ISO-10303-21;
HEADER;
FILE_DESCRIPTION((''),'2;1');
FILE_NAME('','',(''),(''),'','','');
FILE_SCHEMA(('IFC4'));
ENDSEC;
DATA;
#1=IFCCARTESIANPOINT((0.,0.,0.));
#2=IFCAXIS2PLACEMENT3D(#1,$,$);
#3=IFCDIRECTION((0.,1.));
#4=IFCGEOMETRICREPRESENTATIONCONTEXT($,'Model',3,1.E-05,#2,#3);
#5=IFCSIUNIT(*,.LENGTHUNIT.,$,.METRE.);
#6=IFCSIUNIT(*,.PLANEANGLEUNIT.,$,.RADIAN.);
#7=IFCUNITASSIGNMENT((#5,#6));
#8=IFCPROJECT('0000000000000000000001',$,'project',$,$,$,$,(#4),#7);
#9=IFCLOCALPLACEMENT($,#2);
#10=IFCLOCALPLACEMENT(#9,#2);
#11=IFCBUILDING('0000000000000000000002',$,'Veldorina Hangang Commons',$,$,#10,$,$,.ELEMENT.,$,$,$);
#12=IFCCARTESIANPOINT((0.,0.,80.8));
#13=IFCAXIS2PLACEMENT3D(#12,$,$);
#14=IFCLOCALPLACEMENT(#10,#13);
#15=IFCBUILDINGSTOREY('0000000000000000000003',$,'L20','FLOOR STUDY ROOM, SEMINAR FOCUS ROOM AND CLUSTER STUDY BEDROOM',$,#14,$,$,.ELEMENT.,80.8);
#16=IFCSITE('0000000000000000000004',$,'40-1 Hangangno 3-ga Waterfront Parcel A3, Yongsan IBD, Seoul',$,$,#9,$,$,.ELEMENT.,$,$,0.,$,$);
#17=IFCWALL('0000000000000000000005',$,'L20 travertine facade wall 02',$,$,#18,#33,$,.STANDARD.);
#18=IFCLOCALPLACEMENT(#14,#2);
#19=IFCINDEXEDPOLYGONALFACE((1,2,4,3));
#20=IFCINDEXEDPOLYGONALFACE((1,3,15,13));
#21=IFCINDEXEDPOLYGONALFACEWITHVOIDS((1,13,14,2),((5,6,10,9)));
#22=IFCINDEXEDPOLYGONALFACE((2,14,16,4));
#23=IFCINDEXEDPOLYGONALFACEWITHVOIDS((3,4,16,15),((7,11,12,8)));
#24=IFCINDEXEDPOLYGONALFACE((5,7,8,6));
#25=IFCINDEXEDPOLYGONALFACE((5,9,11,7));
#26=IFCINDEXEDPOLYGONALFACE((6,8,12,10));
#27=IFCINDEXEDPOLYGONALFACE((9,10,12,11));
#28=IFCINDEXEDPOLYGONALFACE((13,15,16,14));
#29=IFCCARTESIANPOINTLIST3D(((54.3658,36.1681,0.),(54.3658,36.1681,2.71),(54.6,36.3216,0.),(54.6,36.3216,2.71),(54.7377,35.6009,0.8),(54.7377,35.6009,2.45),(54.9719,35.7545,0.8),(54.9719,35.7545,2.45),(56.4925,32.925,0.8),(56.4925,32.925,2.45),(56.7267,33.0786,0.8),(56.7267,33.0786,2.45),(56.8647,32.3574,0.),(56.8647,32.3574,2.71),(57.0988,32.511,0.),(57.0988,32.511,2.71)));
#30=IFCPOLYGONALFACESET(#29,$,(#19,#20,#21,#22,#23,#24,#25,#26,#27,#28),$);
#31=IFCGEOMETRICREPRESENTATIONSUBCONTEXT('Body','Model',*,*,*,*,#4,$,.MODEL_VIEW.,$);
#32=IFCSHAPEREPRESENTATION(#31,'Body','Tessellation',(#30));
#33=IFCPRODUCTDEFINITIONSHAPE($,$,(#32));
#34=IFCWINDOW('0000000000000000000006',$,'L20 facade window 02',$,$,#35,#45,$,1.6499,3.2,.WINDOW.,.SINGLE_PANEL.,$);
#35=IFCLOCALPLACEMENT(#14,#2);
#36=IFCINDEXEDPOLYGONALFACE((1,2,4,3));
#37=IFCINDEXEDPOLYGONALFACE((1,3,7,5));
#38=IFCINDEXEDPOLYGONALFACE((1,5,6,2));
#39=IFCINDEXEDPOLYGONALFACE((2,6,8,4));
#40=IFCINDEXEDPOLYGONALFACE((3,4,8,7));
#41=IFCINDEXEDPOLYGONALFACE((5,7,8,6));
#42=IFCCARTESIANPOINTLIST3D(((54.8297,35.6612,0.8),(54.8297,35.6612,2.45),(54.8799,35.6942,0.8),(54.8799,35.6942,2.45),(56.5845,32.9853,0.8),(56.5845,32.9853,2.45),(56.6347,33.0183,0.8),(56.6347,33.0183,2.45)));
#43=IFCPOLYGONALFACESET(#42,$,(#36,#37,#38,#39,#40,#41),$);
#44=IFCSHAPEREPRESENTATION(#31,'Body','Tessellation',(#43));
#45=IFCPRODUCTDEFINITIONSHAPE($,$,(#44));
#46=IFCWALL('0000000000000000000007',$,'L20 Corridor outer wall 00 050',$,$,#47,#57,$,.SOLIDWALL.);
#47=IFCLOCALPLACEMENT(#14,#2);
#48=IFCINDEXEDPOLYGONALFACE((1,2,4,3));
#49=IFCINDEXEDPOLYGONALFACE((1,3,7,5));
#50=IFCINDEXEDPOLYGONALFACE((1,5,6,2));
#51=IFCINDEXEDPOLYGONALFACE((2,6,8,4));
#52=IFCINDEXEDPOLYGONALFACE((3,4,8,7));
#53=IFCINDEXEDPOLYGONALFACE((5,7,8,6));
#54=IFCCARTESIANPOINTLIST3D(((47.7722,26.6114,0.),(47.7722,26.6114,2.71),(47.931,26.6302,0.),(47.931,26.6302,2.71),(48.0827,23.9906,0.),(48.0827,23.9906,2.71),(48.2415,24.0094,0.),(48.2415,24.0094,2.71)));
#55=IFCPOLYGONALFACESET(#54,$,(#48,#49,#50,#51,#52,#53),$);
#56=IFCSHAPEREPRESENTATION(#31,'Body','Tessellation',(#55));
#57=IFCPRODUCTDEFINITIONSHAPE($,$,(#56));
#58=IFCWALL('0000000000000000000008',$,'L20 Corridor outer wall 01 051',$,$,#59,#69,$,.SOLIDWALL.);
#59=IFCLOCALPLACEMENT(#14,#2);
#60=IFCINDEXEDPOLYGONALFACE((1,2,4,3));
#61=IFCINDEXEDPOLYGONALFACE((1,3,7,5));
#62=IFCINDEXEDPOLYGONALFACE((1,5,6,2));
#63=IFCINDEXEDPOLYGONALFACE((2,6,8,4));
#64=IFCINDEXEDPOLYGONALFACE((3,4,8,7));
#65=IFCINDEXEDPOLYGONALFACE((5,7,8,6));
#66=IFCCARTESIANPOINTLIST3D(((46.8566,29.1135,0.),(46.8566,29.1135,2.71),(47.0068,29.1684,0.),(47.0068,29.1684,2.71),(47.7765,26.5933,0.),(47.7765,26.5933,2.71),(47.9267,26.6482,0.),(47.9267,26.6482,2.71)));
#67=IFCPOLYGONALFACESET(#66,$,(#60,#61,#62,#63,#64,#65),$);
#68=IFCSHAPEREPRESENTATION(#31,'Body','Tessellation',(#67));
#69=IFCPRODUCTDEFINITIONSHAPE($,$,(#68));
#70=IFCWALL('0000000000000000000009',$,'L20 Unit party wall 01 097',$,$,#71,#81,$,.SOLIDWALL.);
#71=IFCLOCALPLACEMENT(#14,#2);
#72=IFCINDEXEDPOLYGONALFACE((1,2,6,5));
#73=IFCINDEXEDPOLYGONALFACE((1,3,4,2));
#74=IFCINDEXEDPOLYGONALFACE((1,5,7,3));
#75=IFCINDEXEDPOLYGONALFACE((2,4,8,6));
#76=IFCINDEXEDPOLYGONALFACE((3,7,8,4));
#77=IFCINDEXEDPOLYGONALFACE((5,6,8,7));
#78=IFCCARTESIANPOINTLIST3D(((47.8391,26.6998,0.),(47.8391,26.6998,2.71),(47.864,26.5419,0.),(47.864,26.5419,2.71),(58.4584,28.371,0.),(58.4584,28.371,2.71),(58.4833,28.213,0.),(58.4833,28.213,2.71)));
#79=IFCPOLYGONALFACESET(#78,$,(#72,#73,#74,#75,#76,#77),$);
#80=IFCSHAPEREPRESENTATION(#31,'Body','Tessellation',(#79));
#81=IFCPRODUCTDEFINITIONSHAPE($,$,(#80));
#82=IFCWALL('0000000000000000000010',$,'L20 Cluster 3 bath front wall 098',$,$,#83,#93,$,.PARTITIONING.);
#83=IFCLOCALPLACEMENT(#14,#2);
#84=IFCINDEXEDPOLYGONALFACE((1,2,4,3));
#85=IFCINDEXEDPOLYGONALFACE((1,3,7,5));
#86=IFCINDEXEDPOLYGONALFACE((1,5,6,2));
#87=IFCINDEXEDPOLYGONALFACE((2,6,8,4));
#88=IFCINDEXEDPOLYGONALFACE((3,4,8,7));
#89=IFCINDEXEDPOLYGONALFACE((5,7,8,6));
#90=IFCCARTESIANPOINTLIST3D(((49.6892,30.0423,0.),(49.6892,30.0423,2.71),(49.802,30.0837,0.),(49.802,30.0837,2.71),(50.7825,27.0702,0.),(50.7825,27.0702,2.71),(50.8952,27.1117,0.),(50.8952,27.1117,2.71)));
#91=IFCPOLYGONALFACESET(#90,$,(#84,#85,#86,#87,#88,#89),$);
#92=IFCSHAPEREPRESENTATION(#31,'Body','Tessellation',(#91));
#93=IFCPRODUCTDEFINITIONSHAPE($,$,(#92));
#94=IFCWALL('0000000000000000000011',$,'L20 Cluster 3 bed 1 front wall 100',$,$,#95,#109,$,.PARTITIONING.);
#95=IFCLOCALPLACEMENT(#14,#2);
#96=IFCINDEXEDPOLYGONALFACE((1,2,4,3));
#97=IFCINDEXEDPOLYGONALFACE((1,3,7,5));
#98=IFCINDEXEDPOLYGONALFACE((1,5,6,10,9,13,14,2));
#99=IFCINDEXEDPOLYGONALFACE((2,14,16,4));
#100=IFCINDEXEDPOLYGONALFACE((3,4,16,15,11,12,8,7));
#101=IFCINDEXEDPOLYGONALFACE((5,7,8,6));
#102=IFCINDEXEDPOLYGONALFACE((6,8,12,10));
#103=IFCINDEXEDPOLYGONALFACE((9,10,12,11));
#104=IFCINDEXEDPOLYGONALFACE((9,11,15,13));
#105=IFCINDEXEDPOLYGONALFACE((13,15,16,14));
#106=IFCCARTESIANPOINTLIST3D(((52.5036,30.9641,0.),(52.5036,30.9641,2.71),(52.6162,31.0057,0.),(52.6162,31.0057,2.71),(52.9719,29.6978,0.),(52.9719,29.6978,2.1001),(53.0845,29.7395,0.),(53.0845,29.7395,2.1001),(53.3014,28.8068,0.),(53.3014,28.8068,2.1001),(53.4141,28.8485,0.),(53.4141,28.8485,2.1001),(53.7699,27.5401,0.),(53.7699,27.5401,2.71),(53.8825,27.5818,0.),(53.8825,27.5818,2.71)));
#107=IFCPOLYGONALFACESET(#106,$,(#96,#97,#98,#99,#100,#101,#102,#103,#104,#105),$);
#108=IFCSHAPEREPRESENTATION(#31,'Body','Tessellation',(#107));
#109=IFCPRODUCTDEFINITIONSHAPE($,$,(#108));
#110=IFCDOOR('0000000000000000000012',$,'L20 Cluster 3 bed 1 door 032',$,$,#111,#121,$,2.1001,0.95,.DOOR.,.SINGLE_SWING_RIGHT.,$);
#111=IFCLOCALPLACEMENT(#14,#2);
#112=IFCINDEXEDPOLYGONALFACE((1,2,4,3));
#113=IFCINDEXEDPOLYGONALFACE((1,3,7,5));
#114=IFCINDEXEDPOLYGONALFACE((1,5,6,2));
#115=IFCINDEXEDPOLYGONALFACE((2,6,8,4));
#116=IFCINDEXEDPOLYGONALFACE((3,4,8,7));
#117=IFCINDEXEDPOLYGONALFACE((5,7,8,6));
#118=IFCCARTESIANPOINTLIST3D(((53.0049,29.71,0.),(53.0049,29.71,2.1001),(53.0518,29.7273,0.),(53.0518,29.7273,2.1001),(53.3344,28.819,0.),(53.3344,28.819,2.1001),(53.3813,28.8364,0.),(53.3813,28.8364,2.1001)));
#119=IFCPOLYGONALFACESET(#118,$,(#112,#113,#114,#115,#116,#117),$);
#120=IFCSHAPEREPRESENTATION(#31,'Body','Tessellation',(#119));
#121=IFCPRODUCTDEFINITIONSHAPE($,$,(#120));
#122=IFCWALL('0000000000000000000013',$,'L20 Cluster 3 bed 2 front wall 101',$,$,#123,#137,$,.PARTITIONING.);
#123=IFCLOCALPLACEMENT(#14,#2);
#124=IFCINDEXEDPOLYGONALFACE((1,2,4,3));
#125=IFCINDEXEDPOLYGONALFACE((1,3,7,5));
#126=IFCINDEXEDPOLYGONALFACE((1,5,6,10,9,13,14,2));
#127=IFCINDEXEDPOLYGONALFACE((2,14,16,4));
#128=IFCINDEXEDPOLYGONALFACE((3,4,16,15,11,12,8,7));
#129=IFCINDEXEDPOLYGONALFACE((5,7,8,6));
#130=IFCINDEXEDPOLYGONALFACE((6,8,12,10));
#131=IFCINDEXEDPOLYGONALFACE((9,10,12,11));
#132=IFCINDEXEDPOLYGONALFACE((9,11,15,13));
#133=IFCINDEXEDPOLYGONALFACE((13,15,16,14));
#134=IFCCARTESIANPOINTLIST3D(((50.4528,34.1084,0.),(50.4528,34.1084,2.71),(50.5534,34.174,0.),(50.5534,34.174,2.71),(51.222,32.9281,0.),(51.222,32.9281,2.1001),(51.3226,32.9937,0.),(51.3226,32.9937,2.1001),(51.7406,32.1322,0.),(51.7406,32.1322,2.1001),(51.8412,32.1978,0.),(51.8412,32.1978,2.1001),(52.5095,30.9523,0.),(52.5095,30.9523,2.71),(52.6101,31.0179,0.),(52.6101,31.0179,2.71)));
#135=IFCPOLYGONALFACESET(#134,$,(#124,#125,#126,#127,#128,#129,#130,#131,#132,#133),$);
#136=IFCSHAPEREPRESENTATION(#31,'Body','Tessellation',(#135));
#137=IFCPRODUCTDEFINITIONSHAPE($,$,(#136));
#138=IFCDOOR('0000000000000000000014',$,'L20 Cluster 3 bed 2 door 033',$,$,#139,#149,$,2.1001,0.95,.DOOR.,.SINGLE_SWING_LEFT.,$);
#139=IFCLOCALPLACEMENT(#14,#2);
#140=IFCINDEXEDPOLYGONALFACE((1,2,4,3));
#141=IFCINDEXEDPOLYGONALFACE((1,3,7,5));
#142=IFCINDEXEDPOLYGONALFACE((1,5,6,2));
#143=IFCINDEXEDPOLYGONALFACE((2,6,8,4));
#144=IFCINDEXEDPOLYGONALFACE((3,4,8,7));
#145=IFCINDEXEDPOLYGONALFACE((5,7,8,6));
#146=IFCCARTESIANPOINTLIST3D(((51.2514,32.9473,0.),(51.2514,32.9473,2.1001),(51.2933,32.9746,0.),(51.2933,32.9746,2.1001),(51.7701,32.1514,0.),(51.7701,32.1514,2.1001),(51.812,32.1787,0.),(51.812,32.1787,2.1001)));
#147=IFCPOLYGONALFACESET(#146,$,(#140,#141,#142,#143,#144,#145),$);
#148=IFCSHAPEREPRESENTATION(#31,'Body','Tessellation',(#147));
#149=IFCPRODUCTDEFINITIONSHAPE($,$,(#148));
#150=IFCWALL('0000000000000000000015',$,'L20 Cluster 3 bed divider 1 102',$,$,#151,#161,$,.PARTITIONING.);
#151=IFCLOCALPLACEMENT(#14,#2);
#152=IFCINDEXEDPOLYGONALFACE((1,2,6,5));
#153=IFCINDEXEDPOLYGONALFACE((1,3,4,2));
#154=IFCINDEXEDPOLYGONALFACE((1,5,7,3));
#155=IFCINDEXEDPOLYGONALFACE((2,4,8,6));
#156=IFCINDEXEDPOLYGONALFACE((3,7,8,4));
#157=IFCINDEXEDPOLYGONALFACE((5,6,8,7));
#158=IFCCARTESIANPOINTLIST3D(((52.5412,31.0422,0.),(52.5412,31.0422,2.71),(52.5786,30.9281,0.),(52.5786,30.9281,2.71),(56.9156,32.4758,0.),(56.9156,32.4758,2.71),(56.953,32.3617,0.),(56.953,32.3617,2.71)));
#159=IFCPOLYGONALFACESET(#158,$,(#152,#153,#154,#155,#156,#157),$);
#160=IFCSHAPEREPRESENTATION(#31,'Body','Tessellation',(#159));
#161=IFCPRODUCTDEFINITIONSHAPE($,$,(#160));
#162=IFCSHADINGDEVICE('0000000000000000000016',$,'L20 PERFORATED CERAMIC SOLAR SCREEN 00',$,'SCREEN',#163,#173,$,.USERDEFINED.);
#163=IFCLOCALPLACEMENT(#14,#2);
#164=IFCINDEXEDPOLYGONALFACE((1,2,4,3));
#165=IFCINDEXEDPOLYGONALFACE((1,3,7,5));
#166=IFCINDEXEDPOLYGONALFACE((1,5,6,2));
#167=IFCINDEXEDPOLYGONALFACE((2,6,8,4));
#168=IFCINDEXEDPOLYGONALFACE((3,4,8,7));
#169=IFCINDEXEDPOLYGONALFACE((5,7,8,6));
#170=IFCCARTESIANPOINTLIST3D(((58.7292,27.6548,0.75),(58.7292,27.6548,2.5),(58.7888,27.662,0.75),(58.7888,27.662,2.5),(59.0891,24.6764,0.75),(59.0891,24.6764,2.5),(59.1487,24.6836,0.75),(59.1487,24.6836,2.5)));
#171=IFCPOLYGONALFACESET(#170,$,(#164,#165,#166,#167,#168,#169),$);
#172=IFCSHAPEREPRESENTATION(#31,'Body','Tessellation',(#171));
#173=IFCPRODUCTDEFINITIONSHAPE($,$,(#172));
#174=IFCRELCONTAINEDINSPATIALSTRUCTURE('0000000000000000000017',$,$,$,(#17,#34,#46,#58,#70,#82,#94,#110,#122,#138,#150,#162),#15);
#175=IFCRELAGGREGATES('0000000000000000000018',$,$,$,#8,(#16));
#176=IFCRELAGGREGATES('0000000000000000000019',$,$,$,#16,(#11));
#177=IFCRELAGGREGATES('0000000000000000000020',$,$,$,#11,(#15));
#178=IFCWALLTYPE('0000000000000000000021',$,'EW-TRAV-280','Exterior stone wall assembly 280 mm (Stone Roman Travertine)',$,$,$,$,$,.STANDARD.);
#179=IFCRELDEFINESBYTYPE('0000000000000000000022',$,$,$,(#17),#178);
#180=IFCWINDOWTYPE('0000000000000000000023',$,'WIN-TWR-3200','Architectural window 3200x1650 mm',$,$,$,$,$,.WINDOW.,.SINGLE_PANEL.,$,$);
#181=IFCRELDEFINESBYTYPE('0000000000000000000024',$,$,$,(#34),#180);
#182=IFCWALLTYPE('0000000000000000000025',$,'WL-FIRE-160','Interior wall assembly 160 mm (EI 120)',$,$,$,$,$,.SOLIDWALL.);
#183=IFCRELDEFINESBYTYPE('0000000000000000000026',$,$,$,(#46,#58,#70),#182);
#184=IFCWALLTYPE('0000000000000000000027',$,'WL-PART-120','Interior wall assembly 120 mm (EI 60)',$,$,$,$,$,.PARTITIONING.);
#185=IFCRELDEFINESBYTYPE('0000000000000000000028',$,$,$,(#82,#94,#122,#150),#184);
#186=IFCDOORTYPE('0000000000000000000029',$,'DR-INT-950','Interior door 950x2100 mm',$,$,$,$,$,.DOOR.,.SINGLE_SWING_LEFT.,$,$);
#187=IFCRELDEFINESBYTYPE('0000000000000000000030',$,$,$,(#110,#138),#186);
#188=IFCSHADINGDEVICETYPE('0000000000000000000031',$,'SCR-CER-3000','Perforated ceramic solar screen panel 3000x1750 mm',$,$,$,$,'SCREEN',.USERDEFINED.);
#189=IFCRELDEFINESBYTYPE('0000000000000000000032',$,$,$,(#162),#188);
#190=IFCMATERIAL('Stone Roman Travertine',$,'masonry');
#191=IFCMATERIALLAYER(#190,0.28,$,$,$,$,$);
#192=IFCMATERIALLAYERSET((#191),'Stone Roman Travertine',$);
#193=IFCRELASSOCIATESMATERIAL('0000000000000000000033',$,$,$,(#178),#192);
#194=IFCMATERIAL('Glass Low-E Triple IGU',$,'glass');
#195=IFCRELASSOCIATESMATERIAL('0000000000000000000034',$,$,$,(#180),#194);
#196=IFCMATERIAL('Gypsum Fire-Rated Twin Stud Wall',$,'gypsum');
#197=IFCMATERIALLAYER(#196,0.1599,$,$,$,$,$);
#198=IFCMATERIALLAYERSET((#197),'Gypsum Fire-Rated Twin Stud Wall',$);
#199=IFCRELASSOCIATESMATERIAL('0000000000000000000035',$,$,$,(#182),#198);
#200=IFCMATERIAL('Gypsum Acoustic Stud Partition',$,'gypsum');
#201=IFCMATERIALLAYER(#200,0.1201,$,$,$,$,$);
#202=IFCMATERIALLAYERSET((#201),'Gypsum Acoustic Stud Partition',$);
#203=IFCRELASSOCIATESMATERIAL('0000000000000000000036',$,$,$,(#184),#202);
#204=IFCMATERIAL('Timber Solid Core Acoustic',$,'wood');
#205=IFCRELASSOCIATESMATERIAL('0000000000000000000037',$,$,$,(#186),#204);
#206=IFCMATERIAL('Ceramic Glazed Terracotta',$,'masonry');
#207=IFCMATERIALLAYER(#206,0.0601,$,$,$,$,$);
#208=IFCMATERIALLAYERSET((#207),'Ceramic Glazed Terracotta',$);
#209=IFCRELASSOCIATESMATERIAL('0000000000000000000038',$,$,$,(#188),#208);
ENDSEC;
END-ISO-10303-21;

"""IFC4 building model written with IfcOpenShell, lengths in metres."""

from ifc_helpers import new_model, si_unit, direction, frame, frame_2d, origin, origin_2d, place, context, subcontext, project, spatial, rectangle, extrude, material, layer, layer_set, type_object, element, fill, save


model = new_model("IFC4")

# Units and contexts
model_context = context("Model", 3, precision=1e-05, world=origin(), true_north=direction((0.0, 1.0)))
body_context = subcontext(model_context, "Body", "Model", "MODEL_VIEW")
ifc_project = project(units=[si_unit("LENGTHUNIT", "METRE"), si_unit("PLANEANGLEUNIT", "RADIAN")], contexts=[model_context])

# Site, building, storey
site_placement = place(None, origin())
site = spatial("IfcSite", under=ifc_project, at=site_placement, Name="40-1 Hangangno 3-ga Waterfront Parcel A3, Yongsan IBD, Seoul", CompositionType="ELEMENT", RefElevation=0.0)
building_placement = place(site_placement, origin())
building = spatial("IfcBuilding", under=site, at=building_placement, Name="Veldorina Hangang Commons", CompositionType="ELEMENT")
storey_placement = place(building_placement, frame((0.0, 0.0, 80.8)))
storey = spatial("IfcBuildingStorey", under=building, at=storey_placement, Name="L20", Description="FLOOR STUDY ROOM, SEMINAR FOCUS ROOM AND CLUSTER STUDY BEDROOM", CompositionType="ELEMENT", Elevation=80.8)

# Wall, opening, window
ifc_material_1 = material(Name="Stone Roman Travertine", Category="masonry")
ifc_layer_1 = layer(ifc_material_1, 0.28)
ifc_layer_set_1 = layer_set([ifc_layer_1], Name="Stone Roman Travertine")
wall_type_1 = type_object("IfcWallType", Name="EW-TRAV-280", Description="Exterior stone wall assembly 280 mm (Stone Roman Travertine)", PredefinedType="STANDARD", material=ifc_layer_set_1)
ifc_material_2 = material(Name="Glass Low-E Triple IGU", Category="glass")
window_type_1 = type_object("IfcWindowType", Name="WIN-TWR-3200", Description="Architectural window 3200x1650 mm", PartitioningType="SINGLE_PANEL", PredefinedType="WINDOW", material=ifc_material_2)
wall_1_placement = place(storey_placement, frame((56.9817, 32.4343, 0.0), z_axis=(0.0, 0.0, 1.0), x_axis=(-0.548366, 0.836238, 0.0)))
wall_1 = element("IfcWall", 1, at=wall_1_placement, inside=storey, type_object=wall_type_1, Name="L20 travertine facade wall 02", PredefinedType="STANDARD", context=body_context, shape_type="SweptSolid", body=[
    extrude(rectangle(XDim=4.5569, YDim=0.28, at=frame_2d((2.2783, 0.0))), origin(), (0.0, 0.0, 1.0), 2.71),
])
opening_1_placement = place(wall_1_placement, frame((0.6785, 0.0, 0.8)))
opening_1 = element("IfcOpeningElement", 2, at=opening_1_placement, cuts=wall_1, PredefinedType="OPENING", context=body_context, shape_type="SweptSolid", body=[
    extrude(rectangle(XDim=3.2, YDim=1.6499, at=frame_2d((1.6001, 0.825))), frame((0.0, 0.1499, 0.0), z_axis=(0.0, -1.0, 0.0), x_axis=(1.0, 0.0, 0.0)), (0.0, 0.0, 1.0), 0.3),
])
window_1_placement = place(opening_1_placement, origin())
window_1 = element("IfcWindow", 3, at=window_1_placement, inside=storey, type_object=window_type_1, Name="L20 facade window 02", OverallHeight=1.6499, OverallWidth=3.2, PartitioningType="SINGLE_PANEL", PredefinedType="WINDOW", context=body_context, shape_type="SweptSolid", body=[
    extrude(rectangle(XDim=3.2, YDim=1.6499, at=frame_2d((1.6001, 0.825))), frame((0.0, 0.03, 0.0), z_axis=(0.0, -1.0, 0.0), x_axis=(1.0, 0.0, 0.0)), (0.0, 0.0, 1.0), 0.0601),
])
fill(opening_1, window_1)

# Walls
ifc_material_3 = material(Name="Gypsum Fire-Rated Twin Stud Wall", Category="gypsum")
ifc_layer_2 = layer(ifc_material_3, 0.1599)
ifc_layer_set_2 = layer_set([ifc_layer_2], Name="Gypsum Fire-Rated Twin Stud Wall")
wall_type_2 = type_object("IfcWallType", Name="WL-FIRE-160", Description="Interior wall assembly 160 mm (EI 120)", PredefinedType="SOLIDWALL", material=ifc_layer_set_2)
wall_2_placement = place(storey_placement, frame((48.1621, 24.0, 0.0), z_axis=(0.0, 0.0, 1.0), x_axis=(-0.117668, 0.993053, 0.0)))
element("IfcWall", 4, at=wall_2_placement, inside=storey, type_object=wall_type_2, Name="L20 Corridor outer wall 00 050", PredefinedType="SOLIDWALL", context=body_context, shape_type="SweptSolid", body=[
    extrude(rectangle(XDim=2.6392, YDim=0.1599, at=frame_2d((1.3196, 0.0))), origin(), (0.0, 0.0, 1.0), 2.71),
])
wall_3_placement = place(storey_placement, frame((47.8516, 26.6208, 0.0), z_axis=(0.0, 0.0, 1.0), x_axis=(-0.342883, 0.939378, 0.0)))
element("IfcWall", 5, at=wall_3_placement, inside=storey, type_object=wall_type_2, Name="L20 Corridor outer wall 01 051", PredefinedType="SOLIDWALL", context=body_context, shape_type="SweptSolid", body=[
    extrude(rectangle(XDim=2.6829, YDim=0.1599, at=frame_2d((1.3413, 0.0))), origin(), (0.0, 0.0, 1.0), 2.71),
])
wall_4_placement = place(storey_placement, frame((47.8516, 26.6208, 0.0), z_axis=(0.0, 0.0, 1.0), x_axis=(0.987843, 0.155454, 0.0)))
element("IfcWall", 6, at=wall_4_placement, inside=storey, type_object=wall_type_2, Name="L20 Unit party wall 01 097", PredefinedType="SOLIDWALL", context=body_context, shape_type="SweptSolid", body=[
    extrude(rectangle(XDim=10.75, YDim=0.1599, at=frame_2d((5.375, 0.0))), origin(), (0.0, 0.0, 1.0), 2.71),
])
ifc_material_4 = material(Name="Gypsum Acoustic Stud Partition", Category="gypsum")
ifc_layer_3 = layer(ifc_material_4, 0.1201)
ifc_layer_set_3 = layer_set([ifc_layer_3], Name="Gypsum Acoustic Stud Partition")
wall_type_3 = type_object("IfcWallType", Name="WL-PART-120", Description="Interior wall assembly 120 mm (EI 60)", PredefinedType="PARTITIONING", material=ifc_layer_set_3)
wall_5_placement = place(storey_placement, frame((50.8389, 27.0908, 0.0), z_axis=(0.0, 0.0, 1.0), x_axis=(-0.345219, 0.938522, 0.0)))
element("IfcWall", 7, at=wall_5_placement, inside=storey, type_object=wall_type_3, Name="L20 Cluster 3 bath front wall 098", PredefinedType="PARTITIONING", context=body_context, shape_type="SweptSolid", body=[
    extrude(rectangle(XDim=3.1667, YDim=0.1201, at=frame_2d((1.5835, 0.0))), origin(), (0.0, 0.0, 1.0), 2.71),
])

# Walls, openings, doors
wall_6_placement = place(storey_placement, frame((53.8262, 27.561, 0.0), z_axis=(0.0, 0.0, 1.0), x_axis=(-0.346877, 0.937911, 0.0)))
wall_6 = element("IfcWall", 8, at=wall_6_placement, inside=storey, type_object=wall_type_3, Name="L20 Cluster 3 bed 1 front wall 100", PredefinedType="PARTITIONING", context=body_context, shape_type="SweptSolid", body=[
    extrude(rectangle(XDim=3.6506, YDim=0.1201, at=frame_2d((1.8252, 0.0))), origin(), (0.0, 0.0, 1.0), 2.71),
])
opening_2_placement = place(wall_6_placement, frame((1.3503, 0.0, 0.0)))
opening_2 = element("IfcOpeningElement", 9, at=opening_2_placement, cuts=wall_6, PredefinedType="OPENING", context=body_context, shape_type="SweptSolid", body=[
    extrude(rectangle(XDim=0.95, YDim=2.1001, at=frame_2d((0.4751, 1.05))), frame((0.0, 0.0701, 0.0), z_axis=(0.0, -1.0, 0.0), x_axis=(1.0, 0.0, 0.0)), (0.0, 0.0, 1.0), 0.1401),
])
ifc_material_5 = material(Name="Timber Solid Core Acoustic", Category="wood")
door_type = type_object("IfcDoorType", Name="DR-INT-950", Description="Interior door 950x2100 mm", OperationType="SINGLE_SWING_LEFT", PredefinedType="DOOR", material=ifc_material_5)
door_1_placement = place(opening_2_placement, origin())
door_1 = element("IfcDoor", 10, at=door_1_placement, inside=storey, type_object=door_type, Name="L20 Cluster 3 bed 1 door 032", OperationType="SINGLE_SWING_RIGHT", OverallHeight=2.1001, OverallWidth=0.95, PredefinedType="DOOR", context=body_context, shape_type="SweptSolid", body=[
    extrude(rectangle(XDim=0.95, YDim=2.1001, at=frame_2d((0.4751, 1.05))), frame((0.0, 0.0249, 0.0), z_axis=(0.0, -1.0, 0.0), x_axis=(1.0, 0.0, 0.0)), (0.0, 0.0, 1.0), 0.05),
])
fill(opening_2, door_1)
wall_7_placement = place(storey_placement, frame((52.5598, 30.9851, 0.0), z_axis=(0.0, 0.0, 1.0), x_axis=(-0.545965, 0.837808, 0.0)))
wall_7 = element("IfcWall", 11, at=wall_7_placement, inside=storey, type_object=wall_type_3, Name="L20 Cluster 3 bed 2 front wall 101", PredefinedType="PARTITIONING", context=body_context, shape_type="SweptSolid", body=[
    extrude(rectangle(XDim=3.7671, YDim=0.1201, at=frame_2d((1.8835, 0.0))), origin(), (0.0, 0.0, 1.0), 2.71),
])
opening_3_placement = place(wall_7_placement, frame((1.4082, 0.0, 0.0)))
opening_3 = element("IfcOpeningElement", 12, at=opening_3_placement, cuts=wall_7, PredefinedType="OPENING", context=body_context, shape_type="SweptSolid", body=[
    extrude(rectangle(XDim=0.95, YDim=2.1001, at=frame_2d((0.4751, 1.05))), frame((0.0, 0.0701, 0.0), z_axis=(0.0, -1.0, 0.0), x_axis=(1.0, 0.0, 0.0)), (0.0, 0.0, 1.0), 0.1401),
])
door_2_placement = place(opening_3_placement, origin())
door_2 = element("IfcDoor", 13, at=door_2_placement, inside=storey, type_object=door_type, Name="L20 Cluster 3 bed 2 door 033", OperationType="SINGLE_SWING_LEFT", OverallHeight=2.1001, OverallWidth=0.95, PredefinedType="DOOR", context=body_context, shape_type="SweptSolid", body=[
    extrude(rectangle(XDim=0.95, YDim=2.1001, at=frame_2d((0.4751, 1.05))), frame((0.0, 0.0249, 0.0), z_axis=(0.0, -1.0, 0.0), x_axis=(1.0, 0.0, 0.0)), (0.0, 0.0, 1.0), 0.05),
])
fill(opening_3, door_2)

# Wall
wall_8_placement = place(storey_placement, frame((52.5598, 30.9851, 0.0), z_axis=(0.0, 0.0, 1.0), x_axis=(0.950268, 0.311434, 0.0)))
element("IfcWall", 14, at=wall_8_placement, inside=storey, type_object=wall_type_3, Name="L20 Cluster 3 bed divider 1 102", PredefinedType="PARTITIONING", context=body_context, shape_type="SweptSolid", body=[
    extrude(rectangle(XDim=4.6033, YDim=0.1201, at=frame_2d((2.3018, 0.0))), origin(), (0.0, 0.0, 1.0), 2.71),
])

# Shading device
ifc_material_6 = material(Name="Ceramic Glazed Terracotta", Category="masonry")
ifc_layer_4 = layer(ifc_material_6, 0.0601)
ifc_layer_set_4 = layer_set([ifc_layer_4], Name="Ceramic Glazed Terracotta")
shading_device_type = type_object("IfcShadingDeviceType", Name="SCR-CER-3000", Description="Perforated ceramic solar screen panel 3000x1750 mm", ElementType="SCREEN", PredefinedType="USERDEFINED", material=ifc_layer_set_4)
shading_device_placement = place(storey_placement, frame((58.939, 26.1692, 0.75), z_axis=(0.0, 0.0, 1.0), x_axis=(-0.119964, 0.992778, 0.0)))
element("IfcShadingDevice", 15, at=shading_device_placement, inside=storey, type_object=shading_device_type, Name="L20 PERFORATED CERAMIC SOLAR SCREEN 00", ObjectType="SCREEN", PredefinedType="USERDEFINED", context=body_context, shape_type="SweptSolid", body=[
    extrude(rectangle(XDim=3.0, YDim=0.0601, at=origin_2d()), origin(), (0.0, 0.0, 1.0), 1.75),
])

save(model, "model.ifc")
